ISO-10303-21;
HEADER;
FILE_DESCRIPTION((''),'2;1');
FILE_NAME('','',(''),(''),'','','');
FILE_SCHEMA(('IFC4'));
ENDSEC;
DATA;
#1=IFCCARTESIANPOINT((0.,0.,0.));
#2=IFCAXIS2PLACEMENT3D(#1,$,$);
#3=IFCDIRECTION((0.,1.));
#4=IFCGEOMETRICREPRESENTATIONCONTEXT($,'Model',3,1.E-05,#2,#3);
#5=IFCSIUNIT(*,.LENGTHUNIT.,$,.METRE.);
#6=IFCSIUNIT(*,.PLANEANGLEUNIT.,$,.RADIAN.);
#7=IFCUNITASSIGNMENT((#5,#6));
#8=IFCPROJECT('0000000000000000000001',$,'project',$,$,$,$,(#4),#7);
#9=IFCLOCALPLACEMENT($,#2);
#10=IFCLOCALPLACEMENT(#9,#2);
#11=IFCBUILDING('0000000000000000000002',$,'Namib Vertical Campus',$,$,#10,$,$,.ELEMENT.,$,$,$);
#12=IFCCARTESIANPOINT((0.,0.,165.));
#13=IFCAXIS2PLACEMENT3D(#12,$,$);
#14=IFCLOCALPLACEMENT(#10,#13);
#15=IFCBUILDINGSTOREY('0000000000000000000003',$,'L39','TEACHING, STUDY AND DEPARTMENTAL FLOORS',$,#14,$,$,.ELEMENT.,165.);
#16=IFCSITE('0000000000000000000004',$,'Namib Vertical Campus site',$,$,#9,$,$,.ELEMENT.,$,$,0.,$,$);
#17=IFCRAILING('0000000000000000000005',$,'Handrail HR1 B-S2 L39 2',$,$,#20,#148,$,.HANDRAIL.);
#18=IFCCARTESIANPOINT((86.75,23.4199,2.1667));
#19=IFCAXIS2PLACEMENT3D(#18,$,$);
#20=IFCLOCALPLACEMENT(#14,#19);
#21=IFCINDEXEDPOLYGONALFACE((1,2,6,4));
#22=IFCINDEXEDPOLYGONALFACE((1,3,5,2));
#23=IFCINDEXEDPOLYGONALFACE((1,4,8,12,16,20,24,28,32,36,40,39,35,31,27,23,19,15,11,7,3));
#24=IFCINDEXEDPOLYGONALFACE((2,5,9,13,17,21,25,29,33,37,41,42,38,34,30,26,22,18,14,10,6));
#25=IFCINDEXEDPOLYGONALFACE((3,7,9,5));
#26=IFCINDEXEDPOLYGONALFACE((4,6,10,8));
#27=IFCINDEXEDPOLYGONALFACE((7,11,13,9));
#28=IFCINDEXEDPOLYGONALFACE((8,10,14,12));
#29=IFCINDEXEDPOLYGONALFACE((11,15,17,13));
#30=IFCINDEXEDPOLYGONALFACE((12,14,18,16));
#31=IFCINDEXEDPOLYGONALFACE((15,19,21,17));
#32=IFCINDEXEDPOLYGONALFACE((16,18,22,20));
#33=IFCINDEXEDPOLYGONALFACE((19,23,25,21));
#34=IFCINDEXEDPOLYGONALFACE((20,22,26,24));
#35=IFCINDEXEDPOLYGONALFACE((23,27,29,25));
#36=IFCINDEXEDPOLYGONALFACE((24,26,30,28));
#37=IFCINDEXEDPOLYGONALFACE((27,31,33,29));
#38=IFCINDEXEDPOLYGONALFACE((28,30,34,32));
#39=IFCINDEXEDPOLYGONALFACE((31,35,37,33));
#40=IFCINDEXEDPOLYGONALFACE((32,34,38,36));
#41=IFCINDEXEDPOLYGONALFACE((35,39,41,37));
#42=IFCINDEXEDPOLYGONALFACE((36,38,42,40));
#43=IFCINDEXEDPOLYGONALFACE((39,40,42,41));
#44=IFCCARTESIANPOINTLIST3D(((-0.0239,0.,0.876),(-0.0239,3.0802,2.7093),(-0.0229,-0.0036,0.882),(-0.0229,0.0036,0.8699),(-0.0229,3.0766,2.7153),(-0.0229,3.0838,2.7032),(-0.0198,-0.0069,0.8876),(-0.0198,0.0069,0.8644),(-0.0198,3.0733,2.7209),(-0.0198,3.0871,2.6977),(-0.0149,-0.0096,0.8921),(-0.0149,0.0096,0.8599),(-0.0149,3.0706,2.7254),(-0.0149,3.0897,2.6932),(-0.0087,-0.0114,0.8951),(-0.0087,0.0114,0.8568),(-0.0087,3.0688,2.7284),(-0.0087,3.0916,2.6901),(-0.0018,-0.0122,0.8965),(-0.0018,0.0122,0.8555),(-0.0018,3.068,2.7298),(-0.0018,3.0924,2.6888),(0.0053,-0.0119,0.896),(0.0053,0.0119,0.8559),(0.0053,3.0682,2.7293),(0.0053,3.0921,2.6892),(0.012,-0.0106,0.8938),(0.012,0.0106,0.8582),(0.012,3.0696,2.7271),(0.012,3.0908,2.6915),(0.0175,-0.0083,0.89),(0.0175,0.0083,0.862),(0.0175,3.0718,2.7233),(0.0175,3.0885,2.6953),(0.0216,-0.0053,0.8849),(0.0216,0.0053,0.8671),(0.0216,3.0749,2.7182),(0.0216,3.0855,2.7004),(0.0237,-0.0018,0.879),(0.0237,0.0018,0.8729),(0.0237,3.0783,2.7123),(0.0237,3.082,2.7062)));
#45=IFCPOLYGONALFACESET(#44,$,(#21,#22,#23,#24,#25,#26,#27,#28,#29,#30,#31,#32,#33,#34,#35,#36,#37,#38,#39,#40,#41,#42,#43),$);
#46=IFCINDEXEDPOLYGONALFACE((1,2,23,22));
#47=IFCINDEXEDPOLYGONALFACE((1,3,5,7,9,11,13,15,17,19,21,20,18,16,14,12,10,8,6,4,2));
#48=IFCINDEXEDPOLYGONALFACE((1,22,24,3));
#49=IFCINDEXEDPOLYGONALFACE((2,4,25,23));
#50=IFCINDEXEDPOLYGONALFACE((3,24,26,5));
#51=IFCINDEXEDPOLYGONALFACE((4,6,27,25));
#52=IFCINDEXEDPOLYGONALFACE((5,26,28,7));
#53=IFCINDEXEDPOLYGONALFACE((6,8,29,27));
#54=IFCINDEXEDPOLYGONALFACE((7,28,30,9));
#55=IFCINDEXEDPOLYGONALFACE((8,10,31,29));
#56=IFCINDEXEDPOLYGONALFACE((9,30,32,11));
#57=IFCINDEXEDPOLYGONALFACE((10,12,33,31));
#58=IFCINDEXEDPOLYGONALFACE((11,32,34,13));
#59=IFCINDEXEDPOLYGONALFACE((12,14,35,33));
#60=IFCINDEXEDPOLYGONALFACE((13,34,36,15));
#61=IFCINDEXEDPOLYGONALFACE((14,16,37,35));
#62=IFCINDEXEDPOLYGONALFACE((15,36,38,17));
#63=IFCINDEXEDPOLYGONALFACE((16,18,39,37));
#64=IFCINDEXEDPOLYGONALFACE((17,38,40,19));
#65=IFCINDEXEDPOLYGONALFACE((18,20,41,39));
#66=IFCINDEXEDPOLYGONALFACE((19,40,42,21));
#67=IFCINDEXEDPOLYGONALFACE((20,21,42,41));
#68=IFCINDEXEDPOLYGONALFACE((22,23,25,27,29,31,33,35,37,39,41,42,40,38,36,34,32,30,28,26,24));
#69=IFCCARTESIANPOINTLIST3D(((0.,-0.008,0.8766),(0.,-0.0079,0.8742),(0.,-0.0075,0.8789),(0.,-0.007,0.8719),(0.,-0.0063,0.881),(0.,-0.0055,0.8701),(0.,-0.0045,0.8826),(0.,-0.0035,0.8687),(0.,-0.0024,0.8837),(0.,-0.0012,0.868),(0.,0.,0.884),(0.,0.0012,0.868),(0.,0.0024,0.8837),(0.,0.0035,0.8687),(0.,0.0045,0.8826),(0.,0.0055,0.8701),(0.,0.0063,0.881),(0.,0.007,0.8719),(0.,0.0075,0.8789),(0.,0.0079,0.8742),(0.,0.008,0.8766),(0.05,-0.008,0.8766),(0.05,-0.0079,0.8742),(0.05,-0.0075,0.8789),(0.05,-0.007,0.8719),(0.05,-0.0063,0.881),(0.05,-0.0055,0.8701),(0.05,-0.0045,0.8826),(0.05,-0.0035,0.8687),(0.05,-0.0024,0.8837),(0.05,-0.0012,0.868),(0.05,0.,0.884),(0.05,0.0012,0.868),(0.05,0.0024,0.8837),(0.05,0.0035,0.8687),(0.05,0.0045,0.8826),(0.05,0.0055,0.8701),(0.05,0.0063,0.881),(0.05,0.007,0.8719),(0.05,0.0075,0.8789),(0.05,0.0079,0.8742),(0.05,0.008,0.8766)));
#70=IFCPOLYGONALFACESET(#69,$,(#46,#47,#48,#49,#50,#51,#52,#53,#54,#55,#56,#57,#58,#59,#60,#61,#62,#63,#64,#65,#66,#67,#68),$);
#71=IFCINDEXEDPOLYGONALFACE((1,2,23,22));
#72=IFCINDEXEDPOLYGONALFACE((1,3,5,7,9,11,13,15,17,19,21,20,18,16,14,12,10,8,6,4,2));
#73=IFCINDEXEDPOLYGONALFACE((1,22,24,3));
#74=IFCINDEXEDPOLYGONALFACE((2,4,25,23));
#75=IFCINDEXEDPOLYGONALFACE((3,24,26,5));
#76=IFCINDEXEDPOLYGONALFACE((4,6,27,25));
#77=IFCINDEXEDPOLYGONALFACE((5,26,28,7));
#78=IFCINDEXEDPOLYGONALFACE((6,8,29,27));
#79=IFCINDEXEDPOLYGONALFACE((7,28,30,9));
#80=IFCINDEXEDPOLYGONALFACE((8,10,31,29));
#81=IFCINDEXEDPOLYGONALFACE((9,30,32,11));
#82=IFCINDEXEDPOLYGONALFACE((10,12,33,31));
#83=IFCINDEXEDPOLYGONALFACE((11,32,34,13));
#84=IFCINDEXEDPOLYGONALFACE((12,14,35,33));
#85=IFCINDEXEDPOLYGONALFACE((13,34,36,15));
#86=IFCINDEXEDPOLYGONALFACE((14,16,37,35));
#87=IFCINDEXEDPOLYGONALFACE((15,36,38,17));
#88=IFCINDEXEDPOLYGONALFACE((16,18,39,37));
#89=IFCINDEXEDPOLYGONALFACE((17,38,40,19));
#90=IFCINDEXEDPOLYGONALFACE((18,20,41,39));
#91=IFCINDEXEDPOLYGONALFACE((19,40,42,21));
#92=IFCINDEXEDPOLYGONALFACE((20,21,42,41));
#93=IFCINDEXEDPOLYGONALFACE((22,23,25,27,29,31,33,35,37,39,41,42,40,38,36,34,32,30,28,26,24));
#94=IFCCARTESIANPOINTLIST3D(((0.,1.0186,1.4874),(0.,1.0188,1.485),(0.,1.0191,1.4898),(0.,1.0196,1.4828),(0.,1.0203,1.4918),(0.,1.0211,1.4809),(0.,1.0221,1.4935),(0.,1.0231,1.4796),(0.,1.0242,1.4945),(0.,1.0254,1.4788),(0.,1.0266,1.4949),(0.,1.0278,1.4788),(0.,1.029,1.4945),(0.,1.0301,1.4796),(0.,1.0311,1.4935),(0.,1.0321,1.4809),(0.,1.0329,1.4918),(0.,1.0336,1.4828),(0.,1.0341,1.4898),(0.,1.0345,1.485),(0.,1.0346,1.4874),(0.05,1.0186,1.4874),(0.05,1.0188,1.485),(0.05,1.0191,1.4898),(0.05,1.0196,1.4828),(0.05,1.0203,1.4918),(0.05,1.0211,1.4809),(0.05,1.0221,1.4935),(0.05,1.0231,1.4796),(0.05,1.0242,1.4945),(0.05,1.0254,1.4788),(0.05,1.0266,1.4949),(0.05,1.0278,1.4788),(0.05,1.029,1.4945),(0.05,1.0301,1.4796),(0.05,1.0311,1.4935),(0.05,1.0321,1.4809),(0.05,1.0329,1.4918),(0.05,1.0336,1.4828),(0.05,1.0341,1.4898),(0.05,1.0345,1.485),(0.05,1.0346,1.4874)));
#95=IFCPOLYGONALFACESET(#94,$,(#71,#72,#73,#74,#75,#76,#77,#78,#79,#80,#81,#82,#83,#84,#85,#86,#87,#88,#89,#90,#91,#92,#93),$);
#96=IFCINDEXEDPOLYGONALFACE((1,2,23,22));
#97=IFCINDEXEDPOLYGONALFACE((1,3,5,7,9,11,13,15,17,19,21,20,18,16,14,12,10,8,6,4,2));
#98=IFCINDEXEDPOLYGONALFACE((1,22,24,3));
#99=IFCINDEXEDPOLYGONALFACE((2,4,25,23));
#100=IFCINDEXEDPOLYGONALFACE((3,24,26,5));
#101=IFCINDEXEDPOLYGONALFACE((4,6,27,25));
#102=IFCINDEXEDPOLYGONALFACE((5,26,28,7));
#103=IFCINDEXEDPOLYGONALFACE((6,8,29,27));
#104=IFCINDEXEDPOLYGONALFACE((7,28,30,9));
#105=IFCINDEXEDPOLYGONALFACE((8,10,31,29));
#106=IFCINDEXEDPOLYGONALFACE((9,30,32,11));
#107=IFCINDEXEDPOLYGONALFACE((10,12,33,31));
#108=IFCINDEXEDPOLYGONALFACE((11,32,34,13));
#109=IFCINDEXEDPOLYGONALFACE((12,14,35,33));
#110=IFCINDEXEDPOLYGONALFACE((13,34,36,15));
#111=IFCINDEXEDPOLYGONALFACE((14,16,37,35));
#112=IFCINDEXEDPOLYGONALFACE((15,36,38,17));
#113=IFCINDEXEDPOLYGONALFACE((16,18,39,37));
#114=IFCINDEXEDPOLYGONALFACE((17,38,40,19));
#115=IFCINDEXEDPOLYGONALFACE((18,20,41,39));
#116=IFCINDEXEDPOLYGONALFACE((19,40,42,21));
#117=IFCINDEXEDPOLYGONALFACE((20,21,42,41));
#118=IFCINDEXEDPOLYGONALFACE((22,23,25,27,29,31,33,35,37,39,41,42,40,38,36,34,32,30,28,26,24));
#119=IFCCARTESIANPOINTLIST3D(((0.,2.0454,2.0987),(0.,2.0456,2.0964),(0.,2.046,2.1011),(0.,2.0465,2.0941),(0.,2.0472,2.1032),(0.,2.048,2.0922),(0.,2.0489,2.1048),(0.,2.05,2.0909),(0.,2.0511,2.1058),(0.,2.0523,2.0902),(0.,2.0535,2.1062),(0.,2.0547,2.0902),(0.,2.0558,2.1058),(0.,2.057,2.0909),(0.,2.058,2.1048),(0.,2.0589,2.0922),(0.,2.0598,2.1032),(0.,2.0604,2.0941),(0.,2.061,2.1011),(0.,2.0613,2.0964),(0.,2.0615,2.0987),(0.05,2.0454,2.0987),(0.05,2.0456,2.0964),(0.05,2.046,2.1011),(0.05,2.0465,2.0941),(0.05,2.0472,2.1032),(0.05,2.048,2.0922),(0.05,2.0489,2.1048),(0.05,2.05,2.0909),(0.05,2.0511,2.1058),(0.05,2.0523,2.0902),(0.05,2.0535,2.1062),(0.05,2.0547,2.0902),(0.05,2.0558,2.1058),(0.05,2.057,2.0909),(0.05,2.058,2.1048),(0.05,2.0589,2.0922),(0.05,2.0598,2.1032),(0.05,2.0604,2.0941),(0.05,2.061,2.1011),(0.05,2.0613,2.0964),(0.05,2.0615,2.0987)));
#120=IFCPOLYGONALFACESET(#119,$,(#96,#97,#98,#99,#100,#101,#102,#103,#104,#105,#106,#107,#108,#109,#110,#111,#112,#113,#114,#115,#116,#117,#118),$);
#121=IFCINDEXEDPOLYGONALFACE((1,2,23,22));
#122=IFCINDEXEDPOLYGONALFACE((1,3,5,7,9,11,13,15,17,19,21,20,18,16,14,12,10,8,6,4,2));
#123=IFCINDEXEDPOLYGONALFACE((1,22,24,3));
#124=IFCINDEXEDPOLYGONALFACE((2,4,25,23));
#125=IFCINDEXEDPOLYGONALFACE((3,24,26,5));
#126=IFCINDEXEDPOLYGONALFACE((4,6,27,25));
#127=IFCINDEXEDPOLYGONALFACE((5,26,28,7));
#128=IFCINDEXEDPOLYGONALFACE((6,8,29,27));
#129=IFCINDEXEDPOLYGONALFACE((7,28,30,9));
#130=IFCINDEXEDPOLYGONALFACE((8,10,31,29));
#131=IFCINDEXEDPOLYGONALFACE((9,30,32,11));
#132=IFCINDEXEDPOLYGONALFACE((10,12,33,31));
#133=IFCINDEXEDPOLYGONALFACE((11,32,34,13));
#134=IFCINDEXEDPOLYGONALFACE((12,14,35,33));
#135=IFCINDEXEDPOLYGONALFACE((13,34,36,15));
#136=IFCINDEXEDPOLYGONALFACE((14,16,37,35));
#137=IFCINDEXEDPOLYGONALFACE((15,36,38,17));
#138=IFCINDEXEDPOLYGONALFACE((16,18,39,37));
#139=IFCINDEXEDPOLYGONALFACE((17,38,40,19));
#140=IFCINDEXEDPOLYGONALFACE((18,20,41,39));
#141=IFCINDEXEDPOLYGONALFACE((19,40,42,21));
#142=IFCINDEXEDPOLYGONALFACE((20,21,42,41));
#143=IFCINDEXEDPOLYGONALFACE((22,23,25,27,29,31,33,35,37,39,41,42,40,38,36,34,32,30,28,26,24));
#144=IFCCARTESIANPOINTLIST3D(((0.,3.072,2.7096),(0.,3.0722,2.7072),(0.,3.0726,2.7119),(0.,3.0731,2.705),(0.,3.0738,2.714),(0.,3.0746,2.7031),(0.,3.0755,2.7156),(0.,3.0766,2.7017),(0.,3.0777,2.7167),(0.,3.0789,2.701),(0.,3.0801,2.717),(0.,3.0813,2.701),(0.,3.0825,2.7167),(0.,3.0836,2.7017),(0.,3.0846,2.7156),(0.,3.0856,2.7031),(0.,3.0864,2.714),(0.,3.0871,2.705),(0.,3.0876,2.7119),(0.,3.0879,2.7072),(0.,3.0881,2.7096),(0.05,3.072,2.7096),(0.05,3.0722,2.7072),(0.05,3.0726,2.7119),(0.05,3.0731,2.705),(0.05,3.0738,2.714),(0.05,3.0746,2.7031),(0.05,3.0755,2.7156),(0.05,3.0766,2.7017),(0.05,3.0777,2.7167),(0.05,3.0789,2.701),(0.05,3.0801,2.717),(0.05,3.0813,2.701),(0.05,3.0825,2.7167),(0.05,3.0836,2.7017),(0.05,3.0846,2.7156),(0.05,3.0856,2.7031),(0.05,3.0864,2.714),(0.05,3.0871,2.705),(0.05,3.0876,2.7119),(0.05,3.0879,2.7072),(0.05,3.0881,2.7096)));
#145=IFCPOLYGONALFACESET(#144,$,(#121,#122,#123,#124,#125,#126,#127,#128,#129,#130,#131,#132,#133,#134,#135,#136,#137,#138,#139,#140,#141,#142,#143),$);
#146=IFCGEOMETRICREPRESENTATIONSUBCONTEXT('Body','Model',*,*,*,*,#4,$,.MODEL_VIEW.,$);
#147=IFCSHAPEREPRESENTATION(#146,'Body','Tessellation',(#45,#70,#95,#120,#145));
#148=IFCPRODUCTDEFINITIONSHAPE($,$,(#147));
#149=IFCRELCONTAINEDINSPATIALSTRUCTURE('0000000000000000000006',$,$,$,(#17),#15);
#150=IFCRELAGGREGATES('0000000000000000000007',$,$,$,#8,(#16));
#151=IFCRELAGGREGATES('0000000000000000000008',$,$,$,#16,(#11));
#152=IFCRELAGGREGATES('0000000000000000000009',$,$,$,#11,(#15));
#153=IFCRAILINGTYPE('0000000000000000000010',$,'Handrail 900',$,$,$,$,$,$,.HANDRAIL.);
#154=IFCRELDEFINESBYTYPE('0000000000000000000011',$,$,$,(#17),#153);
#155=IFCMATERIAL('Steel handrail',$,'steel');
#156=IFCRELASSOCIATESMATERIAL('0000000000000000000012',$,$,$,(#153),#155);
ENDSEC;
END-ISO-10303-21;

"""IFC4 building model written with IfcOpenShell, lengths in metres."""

from ifc_helpers import new_model, si_unit, direction, frame, origin, origin_2d, place, context, subcontext, project, spatial, circle, extrude, material, type_object, element, save


model = new_model("IFC4")

# Units and contexts
model_context = context("Model", 3, precision=1e-05, world=origin(), true_north=direction((0.0, 1.0)))
body_context = subcontext(model_context, "Body", "Model", "MODEL_VIEW")
ifc_project = project(units=[si_unit("LENGTHUNIT", "METRE"), si_unit("PLANEANGLEUNIT", "RADIAN")], contexts=[model_context])

# Site, building, storey
site_placement = place(None, origin())
site = spatial("IfcSite", under=ifc_project, at=site_placement, Name="Namib Vertical Campus site", CompositionType="ELEMENT", RefElevation=0.0)
building_placement = place(site_placement, origin())
building = spatial("IfcBuilding", under=site, at=building_placement, Name="Namib Vertical Campus", CompositionType="ELEMENT")
storey_placement = place(building_placement, frame((0.0, 0.0, 165.0)))
storey = spatial("IfcBuildingStorey", under=building, at=storey_placement, Name="L39", Description="TEACHING, STUDY AND DEPARTMENTAL FLOORS", CompositionType="ELEMENT", Elevation=165.0)

# Railing
ifc_material_1 = material(Name="Steel handrail", Category="steel")
railing_type_1 = type_object("IfcRailingType", Name="Handrail 900", PredefinedType="HANDRAIL", material=ifc_material_1)
railing_1_placement = place(storey_placement, frame((86.75, 23.4199, 2.1667)))
element("IfcRailing", 1, at=railing_1_placement, inside=storey, type_object=railing_type_1, Name="Handrail HR1 B-S2 L39 2", PredefinedType="HANDRAIL", context=body_context, shape_type="SweptSolid", body=[
    extrude(circle(Radius=0.0239, at=origin_2d()), frame((0.0, 0.0, 0.876), z_axis=(0.0, 0.859309, 0.511458), x_axis=(-1.0, 0.0, 0.0)), (0.0, 0.0, 1.0), 3.5845),
    extrude(circle(Radius=0.0081, at=origin_2d()), frame((0.0, 0.0, 0.876), z_axis=(1.0, 0.0, 0.0), x_axis=(0.0, 0.0, 1.0)), (0.0, 0.0, 1.0), 0.05),
    extrude(circle(Radius=0.0081, at=origin_2d()), frame((0.0, 1.0266, 1.4868), z_axis=(1.0, 0.0, 0.0), x_axis=(0.0, 0.0, 1.0)), (0.0, 0.0, 1.0), 0.05),
    extrude(circle(Radius=0.0081, at=origin_2d()), frame((0.0, 2.0535, 2.0981), z_axis=(1.0, 0.0, 0.0), x_axis=(0.0, 0.0, 1.0)), (0.0, 0.0, 1.0), 0.05),
    extrude(circle(Radius=0.0081, at=origin_2d()), frame((0.0, 3.0801, 2.709), z_axis=(1.0, 0.0, 0.0), x_axis=(0.0, 0.0, 1.0)), (0.0, 0.0, 1.0), 0.05),
])

save(model, "model.ifc")
